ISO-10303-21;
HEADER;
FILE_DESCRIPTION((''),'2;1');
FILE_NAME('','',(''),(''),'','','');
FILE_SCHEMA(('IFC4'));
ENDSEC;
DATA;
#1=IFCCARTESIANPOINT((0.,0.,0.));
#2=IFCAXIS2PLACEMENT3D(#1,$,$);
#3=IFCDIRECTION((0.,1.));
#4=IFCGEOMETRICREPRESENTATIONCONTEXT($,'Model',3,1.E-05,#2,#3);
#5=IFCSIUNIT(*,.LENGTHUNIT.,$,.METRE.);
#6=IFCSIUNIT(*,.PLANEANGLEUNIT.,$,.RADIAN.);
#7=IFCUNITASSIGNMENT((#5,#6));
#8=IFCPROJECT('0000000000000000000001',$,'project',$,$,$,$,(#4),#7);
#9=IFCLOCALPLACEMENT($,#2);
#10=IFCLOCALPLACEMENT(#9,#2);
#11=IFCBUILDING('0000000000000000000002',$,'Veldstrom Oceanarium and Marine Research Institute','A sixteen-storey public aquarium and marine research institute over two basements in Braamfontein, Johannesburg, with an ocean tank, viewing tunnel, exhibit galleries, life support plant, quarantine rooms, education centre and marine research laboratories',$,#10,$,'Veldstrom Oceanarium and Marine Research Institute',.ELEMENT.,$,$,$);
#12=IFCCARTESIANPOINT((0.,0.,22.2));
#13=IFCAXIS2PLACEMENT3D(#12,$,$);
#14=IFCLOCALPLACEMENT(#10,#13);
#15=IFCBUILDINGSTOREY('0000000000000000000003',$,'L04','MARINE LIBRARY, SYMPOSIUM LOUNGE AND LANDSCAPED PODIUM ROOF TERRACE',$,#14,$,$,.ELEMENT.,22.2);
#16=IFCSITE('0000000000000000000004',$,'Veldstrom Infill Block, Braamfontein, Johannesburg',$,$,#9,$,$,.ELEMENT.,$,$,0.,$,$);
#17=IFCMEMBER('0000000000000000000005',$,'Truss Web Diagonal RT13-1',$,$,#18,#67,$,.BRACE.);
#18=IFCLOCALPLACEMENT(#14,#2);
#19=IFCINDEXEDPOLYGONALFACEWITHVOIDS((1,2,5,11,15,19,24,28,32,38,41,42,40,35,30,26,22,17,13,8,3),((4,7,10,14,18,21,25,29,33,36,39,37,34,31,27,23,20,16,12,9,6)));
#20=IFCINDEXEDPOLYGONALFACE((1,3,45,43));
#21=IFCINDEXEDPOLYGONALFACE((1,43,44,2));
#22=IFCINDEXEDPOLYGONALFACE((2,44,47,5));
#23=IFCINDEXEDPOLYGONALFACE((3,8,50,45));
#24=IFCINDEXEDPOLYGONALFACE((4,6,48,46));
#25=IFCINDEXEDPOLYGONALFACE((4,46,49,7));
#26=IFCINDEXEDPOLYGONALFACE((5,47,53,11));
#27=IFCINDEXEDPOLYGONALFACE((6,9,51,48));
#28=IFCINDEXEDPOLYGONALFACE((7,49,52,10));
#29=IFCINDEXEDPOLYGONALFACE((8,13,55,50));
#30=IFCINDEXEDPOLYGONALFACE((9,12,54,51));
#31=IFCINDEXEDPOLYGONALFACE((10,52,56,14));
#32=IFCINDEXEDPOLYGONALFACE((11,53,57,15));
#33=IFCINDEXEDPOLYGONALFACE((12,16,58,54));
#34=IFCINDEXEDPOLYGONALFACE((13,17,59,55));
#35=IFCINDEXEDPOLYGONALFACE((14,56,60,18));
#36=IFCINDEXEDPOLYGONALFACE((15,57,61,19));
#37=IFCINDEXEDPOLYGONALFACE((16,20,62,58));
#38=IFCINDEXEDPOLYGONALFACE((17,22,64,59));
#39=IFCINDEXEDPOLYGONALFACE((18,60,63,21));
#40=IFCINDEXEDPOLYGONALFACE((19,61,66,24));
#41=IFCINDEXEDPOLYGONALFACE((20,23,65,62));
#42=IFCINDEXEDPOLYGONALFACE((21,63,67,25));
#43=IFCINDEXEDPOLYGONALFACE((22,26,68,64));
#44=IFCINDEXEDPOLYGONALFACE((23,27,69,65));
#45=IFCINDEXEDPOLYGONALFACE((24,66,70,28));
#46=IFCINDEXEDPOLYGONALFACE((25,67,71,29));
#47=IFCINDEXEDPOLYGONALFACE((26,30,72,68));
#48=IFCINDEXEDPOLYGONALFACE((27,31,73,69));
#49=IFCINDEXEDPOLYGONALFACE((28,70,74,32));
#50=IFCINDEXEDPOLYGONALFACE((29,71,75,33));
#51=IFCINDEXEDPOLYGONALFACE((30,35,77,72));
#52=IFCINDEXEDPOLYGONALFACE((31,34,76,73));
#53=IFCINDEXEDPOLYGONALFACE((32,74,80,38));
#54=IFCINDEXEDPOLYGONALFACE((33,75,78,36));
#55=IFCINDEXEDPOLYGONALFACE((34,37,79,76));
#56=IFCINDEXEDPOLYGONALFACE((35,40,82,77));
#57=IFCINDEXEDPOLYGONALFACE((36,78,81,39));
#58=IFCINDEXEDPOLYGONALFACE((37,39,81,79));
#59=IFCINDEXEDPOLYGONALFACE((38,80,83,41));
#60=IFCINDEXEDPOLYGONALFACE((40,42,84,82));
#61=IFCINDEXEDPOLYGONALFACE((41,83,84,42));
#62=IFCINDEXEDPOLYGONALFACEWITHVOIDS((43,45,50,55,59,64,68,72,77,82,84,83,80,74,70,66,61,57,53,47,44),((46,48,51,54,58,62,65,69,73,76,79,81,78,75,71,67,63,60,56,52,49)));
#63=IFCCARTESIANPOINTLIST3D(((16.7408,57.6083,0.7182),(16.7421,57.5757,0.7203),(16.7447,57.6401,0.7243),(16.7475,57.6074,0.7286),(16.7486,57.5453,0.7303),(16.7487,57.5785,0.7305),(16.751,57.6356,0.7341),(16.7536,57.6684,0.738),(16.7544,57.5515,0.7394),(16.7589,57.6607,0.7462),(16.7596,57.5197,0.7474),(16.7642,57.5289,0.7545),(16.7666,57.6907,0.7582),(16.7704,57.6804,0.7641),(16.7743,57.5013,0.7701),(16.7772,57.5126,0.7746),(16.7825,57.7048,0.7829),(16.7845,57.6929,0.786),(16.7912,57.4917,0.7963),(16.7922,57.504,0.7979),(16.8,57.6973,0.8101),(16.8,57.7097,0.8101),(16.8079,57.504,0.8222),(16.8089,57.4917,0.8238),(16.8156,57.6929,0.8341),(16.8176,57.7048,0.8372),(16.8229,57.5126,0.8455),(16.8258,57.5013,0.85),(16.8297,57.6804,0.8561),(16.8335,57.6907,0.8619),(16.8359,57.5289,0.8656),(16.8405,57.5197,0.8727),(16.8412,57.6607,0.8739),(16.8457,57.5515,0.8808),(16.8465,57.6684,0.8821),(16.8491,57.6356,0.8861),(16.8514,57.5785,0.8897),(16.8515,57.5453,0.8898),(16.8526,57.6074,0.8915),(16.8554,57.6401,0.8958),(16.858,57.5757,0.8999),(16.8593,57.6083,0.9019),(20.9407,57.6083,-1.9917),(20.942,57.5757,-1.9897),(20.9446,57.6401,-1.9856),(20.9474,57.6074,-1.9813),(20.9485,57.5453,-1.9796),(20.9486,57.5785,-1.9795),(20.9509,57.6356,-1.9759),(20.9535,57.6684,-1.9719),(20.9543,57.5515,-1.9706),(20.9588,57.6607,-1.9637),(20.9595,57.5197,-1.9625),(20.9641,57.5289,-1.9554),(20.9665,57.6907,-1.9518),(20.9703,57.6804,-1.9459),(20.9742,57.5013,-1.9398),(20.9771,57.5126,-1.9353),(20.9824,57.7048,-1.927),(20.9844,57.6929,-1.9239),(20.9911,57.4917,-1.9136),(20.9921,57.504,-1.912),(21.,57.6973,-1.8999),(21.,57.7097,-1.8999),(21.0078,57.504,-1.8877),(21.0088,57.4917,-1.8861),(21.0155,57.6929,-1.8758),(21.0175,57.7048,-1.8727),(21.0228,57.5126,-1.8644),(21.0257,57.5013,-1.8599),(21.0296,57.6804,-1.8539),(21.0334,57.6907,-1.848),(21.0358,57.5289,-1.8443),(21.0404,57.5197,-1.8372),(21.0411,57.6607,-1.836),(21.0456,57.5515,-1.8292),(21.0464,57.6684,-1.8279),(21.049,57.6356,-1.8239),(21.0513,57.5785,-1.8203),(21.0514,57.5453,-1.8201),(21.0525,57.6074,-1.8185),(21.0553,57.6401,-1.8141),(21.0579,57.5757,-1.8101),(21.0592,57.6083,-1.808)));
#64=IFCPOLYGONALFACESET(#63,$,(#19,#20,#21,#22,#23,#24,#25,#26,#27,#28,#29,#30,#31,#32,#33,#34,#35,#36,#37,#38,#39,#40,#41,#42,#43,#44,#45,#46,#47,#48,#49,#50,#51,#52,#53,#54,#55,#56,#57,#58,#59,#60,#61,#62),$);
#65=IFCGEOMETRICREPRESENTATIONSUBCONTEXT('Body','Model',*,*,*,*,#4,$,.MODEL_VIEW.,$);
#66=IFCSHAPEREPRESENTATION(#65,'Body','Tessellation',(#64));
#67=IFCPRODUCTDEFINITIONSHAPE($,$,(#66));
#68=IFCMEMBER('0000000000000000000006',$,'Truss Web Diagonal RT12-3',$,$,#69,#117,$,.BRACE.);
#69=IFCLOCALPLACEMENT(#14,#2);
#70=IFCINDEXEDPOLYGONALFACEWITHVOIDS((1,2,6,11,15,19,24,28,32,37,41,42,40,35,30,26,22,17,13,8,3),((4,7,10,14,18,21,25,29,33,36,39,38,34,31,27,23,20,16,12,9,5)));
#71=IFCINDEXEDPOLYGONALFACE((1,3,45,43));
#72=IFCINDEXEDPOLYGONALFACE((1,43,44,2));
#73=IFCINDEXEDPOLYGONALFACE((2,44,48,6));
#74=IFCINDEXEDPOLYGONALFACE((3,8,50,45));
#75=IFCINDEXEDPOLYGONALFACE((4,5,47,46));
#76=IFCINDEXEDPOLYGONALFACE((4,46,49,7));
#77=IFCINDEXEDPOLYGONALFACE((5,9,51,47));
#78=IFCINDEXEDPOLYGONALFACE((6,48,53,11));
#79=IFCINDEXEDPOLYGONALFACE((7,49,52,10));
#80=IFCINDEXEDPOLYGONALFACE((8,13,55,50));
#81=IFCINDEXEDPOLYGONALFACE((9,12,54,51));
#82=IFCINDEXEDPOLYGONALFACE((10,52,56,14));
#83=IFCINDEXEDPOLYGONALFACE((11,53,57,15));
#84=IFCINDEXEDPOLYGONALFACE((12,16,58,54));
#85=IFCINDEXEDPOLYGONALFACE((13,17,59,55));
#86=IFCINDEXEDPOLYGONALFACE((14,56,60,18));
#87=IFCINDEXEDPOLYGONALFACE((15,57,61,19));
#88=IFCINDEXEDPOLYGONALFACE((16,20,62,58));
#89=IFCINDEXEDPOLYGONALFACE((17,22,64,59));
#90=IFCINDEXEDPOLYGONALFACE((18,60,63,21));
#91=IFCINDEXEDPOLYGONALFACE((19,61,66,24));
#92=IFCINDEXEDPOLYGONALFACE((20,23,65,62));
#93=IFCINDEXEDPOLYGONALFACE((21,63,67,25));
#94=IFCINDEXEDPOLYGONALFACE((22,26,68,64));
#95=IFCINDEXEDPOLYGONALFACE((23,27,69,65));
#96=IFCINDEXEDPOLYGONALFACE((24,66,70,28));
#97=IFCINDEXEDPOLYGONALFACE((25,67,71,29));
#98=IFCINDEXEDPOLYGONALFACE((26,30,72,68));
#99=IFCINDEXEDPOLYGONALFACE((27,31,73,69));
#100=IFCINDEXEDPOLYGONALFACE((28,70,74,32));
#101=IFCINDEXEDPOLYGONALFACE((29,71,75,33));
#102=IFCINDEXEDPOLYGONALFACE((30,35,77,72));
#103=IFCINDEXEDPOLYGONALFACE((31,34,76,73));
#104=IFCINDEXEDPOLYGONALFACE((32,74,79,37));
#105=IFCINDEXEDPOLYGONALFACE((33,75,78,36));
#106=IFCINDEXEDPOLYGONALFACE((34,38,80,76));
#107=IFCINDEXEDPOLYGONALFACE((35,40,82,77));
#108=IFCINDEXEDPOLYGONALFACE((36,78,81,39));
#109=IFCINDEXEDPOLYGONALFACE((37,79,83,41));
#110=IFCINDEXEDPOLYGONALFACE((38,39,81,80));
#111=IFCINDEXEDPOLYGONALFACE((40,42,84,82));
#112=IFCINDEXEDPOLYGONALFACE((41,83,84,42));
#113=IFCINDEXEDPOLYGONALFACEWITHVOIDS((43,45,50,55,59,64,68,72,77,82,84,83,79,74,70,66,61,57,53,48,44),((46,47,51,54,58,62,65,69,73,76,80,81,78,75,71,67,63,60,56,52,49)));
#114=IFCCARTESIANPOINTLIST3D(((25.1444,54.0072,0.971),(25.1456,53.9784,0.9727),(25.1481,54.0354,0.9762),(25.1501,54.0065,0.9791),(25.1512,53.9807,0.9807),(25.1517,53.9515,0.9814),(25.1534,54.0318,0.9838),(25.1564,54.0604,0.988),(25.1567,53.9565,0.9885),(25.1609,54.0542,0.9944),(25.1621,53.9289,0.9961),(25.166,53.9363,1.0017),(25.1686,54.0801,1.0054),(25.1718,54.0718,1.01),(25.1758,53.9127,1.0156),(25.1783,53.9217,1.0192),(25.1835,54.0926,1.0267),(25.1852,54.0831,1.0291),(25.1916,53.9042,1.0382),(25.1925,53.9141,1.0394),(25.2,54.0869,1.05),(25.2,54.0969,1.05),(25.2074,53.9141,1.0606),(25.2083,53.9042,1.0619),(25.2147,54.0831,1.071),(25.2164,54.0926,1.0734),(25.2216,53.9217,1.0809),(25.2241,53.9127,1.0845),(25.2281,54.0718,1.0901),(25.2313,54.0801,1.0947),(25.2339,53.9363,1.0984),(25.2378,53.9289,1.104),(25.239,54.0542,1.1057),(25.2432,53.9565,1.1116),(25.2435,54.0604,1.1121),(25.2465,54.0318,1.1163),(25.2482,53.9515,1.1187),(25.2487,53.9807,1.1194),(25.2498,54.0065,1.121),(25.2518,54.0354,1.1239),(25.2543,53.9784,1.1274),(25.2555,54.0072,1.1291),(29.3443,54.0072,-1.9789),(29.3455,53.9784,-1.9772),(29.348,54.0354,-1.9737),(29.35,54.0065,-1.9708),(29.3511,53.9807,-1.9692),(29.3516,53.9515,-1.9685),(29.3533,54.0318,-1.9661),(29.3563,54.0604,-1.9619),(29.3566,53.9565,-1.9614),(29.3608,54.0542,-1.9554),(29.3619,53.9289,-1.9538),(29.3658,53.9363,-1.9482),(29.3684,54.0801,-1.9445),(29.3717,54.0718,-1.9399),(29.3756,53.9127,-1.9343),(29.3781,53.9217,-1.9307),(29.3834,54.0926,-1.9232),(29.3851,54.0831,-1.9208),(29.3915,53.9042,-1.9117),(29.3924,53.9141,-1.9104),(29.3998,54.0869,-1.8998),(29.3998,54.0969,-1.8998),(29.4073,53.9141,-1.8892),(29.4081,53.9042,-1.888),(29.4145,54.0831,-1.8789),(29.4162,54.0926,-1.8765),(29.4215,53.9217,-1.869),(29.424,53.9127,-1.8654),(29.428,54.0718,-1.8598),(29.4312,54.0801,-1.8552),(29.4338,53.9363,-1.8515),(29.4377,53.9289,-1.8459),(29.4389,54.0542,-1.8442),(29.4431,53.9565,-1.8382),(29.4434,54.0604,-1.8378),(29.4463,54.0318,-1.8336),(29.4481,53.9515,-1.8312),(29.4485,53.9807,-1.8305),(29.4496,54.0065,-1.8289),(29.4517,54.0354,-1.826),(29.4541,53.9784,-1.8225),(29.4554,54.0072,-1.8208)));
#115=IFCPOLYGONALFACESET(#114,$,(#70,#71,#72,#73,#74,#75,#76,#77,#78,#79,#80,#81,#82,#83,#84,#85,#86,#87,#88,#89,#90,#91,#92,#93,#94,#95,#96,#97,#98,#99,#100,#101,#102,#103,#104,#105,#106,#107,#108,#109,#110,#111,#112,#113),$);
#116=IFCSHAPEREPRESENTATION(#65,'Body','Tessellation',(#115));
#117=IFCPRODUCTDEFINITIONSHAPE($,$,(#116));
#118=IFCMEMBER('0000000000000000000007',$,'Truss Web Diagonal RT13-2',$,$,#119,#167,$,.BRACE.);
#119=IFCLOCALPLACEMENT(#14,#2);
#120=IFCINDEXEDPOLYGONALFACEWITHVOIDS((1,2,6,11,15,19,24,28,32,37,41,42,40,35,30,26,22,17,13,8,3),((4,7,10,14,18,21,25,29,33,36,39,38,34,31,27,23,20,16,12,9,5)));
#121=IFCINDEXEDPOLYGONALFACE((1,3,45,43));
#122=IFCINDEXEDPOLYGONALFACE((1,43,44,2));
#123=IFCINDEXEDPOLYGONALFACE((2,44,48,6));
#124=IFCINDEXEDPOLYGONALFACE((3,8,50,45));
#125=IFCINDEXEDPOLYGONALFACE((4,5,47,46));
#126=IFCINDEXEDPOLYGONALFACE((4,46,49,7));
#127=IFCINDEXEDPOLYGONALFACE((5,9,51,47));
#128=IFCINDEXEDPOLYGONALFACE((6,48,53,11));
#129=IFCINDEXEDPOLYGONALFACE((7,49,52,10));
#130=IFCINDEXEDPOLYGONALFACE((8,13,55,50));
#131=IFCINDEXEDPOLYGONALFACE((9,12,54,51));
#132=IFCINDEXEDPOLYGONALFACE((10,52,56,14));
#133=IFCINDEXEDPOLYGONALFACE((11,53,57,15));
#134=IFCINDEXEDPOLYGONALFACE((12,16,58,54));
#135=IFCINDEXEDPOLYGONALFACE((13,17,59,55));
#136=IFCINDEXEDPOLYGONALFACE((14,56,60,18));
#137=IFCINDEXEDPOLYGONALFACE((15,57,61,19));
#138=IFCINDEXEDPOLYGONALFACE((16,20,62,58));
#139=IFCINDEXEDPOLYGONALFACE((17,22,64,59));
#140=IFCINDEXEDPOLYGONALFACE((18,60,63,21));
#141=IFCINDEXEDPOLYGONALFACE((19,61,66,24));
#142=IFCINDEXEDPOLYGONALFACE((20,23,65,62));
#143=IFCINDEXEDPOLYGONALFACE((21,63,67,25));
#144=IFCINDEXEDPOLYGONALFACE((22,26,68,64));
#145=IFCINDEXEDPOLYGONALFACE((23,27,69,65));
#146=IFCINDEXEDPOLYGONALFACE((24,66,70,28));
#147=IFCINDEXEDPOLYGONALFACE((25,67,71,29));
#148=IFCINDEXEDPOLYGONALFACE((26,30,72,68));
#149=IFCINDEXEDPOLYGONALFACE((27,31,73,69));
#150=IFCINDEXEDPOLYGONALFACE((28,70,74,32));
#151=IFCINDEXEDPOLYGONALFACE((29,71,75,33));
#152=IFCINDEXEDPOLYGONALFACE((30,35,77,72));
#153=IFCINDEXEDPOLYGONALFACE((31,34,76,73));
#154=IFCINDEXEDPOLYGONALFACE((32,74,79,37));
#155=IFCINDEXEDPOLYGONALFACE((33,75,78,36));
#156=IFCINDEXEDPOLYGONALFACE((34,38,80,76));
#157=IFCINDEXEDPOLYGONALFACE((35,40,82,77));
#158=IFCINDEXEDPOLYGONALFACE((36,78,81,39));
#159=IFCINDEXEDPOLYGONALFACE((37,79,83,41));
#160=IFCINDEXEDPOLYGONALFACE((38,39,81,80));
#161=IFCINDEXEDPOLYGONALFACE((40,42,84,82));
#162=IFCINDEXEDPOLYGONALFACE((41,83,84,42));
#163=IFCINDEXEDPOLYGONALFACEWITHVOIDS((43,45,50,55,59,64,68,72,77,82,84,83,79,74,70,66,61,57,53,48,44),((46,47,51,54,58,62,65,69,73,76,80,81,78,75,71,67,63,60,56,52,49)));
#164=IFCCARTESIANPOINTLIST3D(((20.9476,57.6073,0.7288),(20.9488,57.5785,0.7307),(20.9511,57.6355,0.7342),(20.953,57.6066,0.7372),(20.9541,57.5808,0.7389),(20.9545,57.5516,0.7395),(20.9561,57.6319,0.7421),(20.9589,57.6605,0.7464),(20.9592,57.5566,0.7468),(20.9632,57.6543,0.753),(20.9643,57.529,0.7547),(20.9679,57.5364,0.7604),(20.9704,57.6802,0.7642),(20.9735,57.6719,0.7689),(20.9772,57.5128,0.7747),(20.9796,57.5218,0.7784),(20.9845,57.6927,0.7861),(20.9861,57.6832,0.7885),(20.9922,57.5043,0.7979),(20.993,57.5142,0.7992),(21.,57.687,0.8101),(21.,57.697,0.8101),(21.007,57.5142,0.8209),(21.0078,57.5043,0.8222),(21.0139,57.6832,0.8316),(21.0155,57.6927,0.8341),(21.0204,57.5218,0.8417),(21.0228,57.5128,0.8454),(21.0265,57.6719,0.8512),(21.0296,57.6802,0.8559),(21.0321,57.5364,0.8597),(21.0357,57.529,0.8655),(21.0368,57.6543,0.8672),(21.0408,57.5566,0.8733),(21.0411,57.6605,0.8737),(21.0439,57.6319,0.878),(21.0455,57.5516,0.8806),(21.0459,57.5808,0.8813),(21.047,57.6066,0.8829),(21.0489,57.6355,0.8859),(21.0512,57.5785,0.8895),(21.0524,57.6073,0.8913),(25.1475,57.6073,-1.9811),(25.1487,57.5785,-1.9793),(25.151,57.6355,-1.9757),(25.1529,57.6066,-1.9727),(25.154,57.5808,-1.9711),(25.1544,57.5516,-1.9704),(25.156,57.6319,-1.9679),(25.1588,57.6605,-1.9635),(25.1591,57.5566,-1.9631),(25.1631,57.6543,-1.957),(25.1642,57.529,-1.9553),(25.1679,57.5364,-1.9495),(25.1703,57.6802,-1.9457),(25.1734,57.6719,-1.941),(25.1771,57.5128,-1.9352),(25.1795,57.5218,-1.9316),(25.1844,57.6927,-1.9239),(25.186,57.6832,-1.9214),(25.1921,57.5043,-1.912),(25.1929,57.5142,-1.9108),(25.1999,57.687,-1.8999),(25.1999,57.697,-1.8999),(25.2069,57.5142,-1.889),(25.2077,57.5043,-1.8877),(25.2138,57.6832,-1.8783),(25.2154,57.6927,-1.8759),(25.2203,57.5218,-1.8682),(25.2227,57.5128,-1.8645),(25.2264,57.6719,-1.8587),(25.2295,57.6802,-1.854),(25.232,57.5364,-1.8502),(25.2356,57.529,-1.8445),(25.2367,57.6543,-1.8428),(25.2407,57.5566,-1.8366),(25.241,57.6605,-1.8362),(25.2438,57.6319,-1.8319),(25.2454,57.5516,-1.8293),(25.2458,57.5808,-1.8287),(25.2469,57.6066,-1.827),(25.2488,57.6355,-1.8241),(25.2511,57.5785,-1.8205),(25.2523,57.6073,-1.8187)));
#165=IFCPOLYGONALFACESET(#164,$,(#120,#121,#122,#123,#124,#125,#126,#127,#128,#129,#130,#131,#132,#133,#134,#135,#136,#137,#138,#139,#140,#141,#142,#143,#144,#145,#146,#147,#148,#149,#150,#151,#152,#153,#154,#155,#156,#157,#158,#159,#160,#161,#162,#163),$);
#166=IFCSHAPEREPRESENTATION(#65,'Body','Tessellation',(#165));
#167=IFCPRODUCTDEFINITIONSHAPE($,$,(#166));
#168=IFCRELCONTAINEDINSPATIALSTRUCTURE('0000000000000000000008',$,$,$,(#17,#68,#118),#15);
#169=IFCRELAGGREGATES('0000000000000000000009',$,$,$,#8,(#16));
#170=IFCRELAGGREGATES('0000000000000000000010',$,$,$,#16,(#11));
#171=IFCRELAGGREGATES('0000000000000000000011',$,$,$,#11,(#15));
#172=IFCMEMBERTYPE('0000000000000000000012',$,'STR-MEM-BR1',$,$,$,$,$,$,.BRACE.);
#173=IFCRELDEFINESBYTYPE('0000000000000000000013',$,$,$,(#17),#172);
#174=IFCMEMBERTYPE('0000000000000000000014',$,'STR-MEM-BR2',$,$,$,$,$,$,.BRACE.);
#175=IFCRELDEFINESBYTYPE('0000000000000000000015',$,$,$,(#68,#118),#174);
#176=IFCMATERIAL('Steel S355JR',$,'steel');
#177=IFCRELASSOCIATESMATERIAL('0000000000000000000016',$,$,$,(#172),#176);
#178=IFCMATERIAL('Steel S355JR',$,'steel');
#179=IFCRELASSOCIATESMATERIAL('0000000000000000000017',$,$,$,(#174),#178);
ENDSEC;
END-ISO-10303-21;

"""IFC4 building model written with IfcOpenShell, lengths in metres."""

from ifc_helpers import new_model, si_unit, direction, frame, origin, origin_2d, place, context, subcontext, project, spatial, hollow_circle, extrude, material, material_profile, profile_set, type_object, element, save


model = new_model("IFC4")

# Units and contexts
model_context = context("Model", 3, precision=1e-05, world=origin(), true_north=direction((0.0, 1.0)))
body_context = subcontext(model_context, "Body", "Model", "MODEL_VIEW")
ifc_project = project(units=[si_unit("LENGTHUNIT", "METRE"), si_unit("PLANEANGLEUNIT", "RADIAN")], contexts=[model_context])

# Site, building, storey
site_placement = place(None, origin())
site = spatial("IfcSite", under=ifc_project, at=site_placement, Name="Veldstrom Infill Block, Braamfontein, Johannesburg", CompositionType="ELEMENT", RefElevation=0.0)
building_placement = place(site_placement, origin())
building = spatial("IfcBuilding", under=site, at=building_placement, Name="Veldstrom Oceanarium and Marine Research Institute", Description="A sixteen-storey public aquarium and marine research institute over two basements in Braamfontein, Johannesburg, with an ocean tank, viewing tunnel, exhibit galleries, life support plant, quarantine rooms, education centre and marine research laboratories", LongName="Veldstrom Oceanarium and Marine Research Institute", CompositionType="ELEMENT")
storey_placement = place(building_placement, frame((0.0, 0.0, 22.2)))
storey = spatial("IfcBuildingStorey", under=building, at=storey_placement, Name="L04", Description="MARINE LIBRARY, SYMPOSIUM LOUNGE AND LANDSCAPED PODIUM ROOF TERRACE", CompositionType="ELEMENT", Elevation=22.2)

# Members
ifc_material_1 = material(Name="Steel S355JR", Category="steel")
ifc_material_profile_1 = material_profile(ifc_material_1, hollow_circle(Radius=0.1096, WallThickness=0.0125, at=origin_2d()), Name="CHS 219.1x12.5")
ifc_profile_set_1 = profile_set([ifc_material_profile_1], Name="Steel S355JR")
member_type_1 = type_object("IfcMemberType", Name="STR-MEM-BR1", PredefinedType="BRACE", material=ifc_profile_set_1)
member_1_placement = place(storey_placement, frame((16.8, 57.6001, 0.8101), z_axis=(0.840268, 0.0, -0.542171), x_axis=(0.0, 1.0, 0.0)))
element("IfcMember", 1, at=member_1_placement, inside=storey, type_object=member_type_1, Name="Truss Web Diagonal RT13-1", PredefinedType="BRACE", context=body_context, shape_type="SweptSolid", body=[
    extrude(hollow_circle(Radius=0.1096, WallThickness=0.0125, at=origin_2d()), origin(), (0.0, 0.0, 1.0), 4.9983),
])
ifc_material_2 = material(Name="Steel S355JR", Category="steel")
ifc_material_profile_2 = material_profile(ifc_material_2, hollow_circle(Radius=0.0969, WallThickness=0.01, at=origin_2d()), Name="CHS 193.7x10")
ifc_profile_set_2 = profile_set([ifc_material_profile_2], Name="Steel S355JR")
member_type_2 = type_object("IfcMemberType", Name="STR-MEM-BR2", PredefinedType="BRACE", material=ifc_profile_set_2)
member_2_placement = place(storey_placement, frame((25.2, 54.0, 1.05), z_axis=(0.818317, 0.0, -0.574767), x_axis=(0.0, 1.0, 0.0)))
element("IfcMember", 2, at=member_2_placement, inside=storey, type_object=member_type_2, Name="Truss Web Diagonal RT12-3", PredefinedType="BRACE", context=body_context, shape_type="SweptSolid", body=[
    extrude(hollow_circle(Radius=0.0969, WallThickness=0.01, at=origin_2d()), origin(), (0.0, 0.0, 1.0), 5.1323),
])
member_3_placement = place(storey_placement, frame((21.0, 57.6001, 0.8101), z_axis=(0.840268, 0.0, -0.542171), x_axis=(0.0, 1.0, 0.0)))
element("IfcMember", 3, at=member_3_placement, inside=storey, type_object=member_type_2, Name="Truss Web Diagonal RT13-2", PredefinedType="BRACE", context=body_context, shape_type="SweptSolid", body=[
    extrude(hollow_circle(Radius=0.0969, WallThickness=0.01, at=origin_2d()), origin(), (0.0, 0.0, 1.0), 4.9983),
])

save(model, "model.ifc")
